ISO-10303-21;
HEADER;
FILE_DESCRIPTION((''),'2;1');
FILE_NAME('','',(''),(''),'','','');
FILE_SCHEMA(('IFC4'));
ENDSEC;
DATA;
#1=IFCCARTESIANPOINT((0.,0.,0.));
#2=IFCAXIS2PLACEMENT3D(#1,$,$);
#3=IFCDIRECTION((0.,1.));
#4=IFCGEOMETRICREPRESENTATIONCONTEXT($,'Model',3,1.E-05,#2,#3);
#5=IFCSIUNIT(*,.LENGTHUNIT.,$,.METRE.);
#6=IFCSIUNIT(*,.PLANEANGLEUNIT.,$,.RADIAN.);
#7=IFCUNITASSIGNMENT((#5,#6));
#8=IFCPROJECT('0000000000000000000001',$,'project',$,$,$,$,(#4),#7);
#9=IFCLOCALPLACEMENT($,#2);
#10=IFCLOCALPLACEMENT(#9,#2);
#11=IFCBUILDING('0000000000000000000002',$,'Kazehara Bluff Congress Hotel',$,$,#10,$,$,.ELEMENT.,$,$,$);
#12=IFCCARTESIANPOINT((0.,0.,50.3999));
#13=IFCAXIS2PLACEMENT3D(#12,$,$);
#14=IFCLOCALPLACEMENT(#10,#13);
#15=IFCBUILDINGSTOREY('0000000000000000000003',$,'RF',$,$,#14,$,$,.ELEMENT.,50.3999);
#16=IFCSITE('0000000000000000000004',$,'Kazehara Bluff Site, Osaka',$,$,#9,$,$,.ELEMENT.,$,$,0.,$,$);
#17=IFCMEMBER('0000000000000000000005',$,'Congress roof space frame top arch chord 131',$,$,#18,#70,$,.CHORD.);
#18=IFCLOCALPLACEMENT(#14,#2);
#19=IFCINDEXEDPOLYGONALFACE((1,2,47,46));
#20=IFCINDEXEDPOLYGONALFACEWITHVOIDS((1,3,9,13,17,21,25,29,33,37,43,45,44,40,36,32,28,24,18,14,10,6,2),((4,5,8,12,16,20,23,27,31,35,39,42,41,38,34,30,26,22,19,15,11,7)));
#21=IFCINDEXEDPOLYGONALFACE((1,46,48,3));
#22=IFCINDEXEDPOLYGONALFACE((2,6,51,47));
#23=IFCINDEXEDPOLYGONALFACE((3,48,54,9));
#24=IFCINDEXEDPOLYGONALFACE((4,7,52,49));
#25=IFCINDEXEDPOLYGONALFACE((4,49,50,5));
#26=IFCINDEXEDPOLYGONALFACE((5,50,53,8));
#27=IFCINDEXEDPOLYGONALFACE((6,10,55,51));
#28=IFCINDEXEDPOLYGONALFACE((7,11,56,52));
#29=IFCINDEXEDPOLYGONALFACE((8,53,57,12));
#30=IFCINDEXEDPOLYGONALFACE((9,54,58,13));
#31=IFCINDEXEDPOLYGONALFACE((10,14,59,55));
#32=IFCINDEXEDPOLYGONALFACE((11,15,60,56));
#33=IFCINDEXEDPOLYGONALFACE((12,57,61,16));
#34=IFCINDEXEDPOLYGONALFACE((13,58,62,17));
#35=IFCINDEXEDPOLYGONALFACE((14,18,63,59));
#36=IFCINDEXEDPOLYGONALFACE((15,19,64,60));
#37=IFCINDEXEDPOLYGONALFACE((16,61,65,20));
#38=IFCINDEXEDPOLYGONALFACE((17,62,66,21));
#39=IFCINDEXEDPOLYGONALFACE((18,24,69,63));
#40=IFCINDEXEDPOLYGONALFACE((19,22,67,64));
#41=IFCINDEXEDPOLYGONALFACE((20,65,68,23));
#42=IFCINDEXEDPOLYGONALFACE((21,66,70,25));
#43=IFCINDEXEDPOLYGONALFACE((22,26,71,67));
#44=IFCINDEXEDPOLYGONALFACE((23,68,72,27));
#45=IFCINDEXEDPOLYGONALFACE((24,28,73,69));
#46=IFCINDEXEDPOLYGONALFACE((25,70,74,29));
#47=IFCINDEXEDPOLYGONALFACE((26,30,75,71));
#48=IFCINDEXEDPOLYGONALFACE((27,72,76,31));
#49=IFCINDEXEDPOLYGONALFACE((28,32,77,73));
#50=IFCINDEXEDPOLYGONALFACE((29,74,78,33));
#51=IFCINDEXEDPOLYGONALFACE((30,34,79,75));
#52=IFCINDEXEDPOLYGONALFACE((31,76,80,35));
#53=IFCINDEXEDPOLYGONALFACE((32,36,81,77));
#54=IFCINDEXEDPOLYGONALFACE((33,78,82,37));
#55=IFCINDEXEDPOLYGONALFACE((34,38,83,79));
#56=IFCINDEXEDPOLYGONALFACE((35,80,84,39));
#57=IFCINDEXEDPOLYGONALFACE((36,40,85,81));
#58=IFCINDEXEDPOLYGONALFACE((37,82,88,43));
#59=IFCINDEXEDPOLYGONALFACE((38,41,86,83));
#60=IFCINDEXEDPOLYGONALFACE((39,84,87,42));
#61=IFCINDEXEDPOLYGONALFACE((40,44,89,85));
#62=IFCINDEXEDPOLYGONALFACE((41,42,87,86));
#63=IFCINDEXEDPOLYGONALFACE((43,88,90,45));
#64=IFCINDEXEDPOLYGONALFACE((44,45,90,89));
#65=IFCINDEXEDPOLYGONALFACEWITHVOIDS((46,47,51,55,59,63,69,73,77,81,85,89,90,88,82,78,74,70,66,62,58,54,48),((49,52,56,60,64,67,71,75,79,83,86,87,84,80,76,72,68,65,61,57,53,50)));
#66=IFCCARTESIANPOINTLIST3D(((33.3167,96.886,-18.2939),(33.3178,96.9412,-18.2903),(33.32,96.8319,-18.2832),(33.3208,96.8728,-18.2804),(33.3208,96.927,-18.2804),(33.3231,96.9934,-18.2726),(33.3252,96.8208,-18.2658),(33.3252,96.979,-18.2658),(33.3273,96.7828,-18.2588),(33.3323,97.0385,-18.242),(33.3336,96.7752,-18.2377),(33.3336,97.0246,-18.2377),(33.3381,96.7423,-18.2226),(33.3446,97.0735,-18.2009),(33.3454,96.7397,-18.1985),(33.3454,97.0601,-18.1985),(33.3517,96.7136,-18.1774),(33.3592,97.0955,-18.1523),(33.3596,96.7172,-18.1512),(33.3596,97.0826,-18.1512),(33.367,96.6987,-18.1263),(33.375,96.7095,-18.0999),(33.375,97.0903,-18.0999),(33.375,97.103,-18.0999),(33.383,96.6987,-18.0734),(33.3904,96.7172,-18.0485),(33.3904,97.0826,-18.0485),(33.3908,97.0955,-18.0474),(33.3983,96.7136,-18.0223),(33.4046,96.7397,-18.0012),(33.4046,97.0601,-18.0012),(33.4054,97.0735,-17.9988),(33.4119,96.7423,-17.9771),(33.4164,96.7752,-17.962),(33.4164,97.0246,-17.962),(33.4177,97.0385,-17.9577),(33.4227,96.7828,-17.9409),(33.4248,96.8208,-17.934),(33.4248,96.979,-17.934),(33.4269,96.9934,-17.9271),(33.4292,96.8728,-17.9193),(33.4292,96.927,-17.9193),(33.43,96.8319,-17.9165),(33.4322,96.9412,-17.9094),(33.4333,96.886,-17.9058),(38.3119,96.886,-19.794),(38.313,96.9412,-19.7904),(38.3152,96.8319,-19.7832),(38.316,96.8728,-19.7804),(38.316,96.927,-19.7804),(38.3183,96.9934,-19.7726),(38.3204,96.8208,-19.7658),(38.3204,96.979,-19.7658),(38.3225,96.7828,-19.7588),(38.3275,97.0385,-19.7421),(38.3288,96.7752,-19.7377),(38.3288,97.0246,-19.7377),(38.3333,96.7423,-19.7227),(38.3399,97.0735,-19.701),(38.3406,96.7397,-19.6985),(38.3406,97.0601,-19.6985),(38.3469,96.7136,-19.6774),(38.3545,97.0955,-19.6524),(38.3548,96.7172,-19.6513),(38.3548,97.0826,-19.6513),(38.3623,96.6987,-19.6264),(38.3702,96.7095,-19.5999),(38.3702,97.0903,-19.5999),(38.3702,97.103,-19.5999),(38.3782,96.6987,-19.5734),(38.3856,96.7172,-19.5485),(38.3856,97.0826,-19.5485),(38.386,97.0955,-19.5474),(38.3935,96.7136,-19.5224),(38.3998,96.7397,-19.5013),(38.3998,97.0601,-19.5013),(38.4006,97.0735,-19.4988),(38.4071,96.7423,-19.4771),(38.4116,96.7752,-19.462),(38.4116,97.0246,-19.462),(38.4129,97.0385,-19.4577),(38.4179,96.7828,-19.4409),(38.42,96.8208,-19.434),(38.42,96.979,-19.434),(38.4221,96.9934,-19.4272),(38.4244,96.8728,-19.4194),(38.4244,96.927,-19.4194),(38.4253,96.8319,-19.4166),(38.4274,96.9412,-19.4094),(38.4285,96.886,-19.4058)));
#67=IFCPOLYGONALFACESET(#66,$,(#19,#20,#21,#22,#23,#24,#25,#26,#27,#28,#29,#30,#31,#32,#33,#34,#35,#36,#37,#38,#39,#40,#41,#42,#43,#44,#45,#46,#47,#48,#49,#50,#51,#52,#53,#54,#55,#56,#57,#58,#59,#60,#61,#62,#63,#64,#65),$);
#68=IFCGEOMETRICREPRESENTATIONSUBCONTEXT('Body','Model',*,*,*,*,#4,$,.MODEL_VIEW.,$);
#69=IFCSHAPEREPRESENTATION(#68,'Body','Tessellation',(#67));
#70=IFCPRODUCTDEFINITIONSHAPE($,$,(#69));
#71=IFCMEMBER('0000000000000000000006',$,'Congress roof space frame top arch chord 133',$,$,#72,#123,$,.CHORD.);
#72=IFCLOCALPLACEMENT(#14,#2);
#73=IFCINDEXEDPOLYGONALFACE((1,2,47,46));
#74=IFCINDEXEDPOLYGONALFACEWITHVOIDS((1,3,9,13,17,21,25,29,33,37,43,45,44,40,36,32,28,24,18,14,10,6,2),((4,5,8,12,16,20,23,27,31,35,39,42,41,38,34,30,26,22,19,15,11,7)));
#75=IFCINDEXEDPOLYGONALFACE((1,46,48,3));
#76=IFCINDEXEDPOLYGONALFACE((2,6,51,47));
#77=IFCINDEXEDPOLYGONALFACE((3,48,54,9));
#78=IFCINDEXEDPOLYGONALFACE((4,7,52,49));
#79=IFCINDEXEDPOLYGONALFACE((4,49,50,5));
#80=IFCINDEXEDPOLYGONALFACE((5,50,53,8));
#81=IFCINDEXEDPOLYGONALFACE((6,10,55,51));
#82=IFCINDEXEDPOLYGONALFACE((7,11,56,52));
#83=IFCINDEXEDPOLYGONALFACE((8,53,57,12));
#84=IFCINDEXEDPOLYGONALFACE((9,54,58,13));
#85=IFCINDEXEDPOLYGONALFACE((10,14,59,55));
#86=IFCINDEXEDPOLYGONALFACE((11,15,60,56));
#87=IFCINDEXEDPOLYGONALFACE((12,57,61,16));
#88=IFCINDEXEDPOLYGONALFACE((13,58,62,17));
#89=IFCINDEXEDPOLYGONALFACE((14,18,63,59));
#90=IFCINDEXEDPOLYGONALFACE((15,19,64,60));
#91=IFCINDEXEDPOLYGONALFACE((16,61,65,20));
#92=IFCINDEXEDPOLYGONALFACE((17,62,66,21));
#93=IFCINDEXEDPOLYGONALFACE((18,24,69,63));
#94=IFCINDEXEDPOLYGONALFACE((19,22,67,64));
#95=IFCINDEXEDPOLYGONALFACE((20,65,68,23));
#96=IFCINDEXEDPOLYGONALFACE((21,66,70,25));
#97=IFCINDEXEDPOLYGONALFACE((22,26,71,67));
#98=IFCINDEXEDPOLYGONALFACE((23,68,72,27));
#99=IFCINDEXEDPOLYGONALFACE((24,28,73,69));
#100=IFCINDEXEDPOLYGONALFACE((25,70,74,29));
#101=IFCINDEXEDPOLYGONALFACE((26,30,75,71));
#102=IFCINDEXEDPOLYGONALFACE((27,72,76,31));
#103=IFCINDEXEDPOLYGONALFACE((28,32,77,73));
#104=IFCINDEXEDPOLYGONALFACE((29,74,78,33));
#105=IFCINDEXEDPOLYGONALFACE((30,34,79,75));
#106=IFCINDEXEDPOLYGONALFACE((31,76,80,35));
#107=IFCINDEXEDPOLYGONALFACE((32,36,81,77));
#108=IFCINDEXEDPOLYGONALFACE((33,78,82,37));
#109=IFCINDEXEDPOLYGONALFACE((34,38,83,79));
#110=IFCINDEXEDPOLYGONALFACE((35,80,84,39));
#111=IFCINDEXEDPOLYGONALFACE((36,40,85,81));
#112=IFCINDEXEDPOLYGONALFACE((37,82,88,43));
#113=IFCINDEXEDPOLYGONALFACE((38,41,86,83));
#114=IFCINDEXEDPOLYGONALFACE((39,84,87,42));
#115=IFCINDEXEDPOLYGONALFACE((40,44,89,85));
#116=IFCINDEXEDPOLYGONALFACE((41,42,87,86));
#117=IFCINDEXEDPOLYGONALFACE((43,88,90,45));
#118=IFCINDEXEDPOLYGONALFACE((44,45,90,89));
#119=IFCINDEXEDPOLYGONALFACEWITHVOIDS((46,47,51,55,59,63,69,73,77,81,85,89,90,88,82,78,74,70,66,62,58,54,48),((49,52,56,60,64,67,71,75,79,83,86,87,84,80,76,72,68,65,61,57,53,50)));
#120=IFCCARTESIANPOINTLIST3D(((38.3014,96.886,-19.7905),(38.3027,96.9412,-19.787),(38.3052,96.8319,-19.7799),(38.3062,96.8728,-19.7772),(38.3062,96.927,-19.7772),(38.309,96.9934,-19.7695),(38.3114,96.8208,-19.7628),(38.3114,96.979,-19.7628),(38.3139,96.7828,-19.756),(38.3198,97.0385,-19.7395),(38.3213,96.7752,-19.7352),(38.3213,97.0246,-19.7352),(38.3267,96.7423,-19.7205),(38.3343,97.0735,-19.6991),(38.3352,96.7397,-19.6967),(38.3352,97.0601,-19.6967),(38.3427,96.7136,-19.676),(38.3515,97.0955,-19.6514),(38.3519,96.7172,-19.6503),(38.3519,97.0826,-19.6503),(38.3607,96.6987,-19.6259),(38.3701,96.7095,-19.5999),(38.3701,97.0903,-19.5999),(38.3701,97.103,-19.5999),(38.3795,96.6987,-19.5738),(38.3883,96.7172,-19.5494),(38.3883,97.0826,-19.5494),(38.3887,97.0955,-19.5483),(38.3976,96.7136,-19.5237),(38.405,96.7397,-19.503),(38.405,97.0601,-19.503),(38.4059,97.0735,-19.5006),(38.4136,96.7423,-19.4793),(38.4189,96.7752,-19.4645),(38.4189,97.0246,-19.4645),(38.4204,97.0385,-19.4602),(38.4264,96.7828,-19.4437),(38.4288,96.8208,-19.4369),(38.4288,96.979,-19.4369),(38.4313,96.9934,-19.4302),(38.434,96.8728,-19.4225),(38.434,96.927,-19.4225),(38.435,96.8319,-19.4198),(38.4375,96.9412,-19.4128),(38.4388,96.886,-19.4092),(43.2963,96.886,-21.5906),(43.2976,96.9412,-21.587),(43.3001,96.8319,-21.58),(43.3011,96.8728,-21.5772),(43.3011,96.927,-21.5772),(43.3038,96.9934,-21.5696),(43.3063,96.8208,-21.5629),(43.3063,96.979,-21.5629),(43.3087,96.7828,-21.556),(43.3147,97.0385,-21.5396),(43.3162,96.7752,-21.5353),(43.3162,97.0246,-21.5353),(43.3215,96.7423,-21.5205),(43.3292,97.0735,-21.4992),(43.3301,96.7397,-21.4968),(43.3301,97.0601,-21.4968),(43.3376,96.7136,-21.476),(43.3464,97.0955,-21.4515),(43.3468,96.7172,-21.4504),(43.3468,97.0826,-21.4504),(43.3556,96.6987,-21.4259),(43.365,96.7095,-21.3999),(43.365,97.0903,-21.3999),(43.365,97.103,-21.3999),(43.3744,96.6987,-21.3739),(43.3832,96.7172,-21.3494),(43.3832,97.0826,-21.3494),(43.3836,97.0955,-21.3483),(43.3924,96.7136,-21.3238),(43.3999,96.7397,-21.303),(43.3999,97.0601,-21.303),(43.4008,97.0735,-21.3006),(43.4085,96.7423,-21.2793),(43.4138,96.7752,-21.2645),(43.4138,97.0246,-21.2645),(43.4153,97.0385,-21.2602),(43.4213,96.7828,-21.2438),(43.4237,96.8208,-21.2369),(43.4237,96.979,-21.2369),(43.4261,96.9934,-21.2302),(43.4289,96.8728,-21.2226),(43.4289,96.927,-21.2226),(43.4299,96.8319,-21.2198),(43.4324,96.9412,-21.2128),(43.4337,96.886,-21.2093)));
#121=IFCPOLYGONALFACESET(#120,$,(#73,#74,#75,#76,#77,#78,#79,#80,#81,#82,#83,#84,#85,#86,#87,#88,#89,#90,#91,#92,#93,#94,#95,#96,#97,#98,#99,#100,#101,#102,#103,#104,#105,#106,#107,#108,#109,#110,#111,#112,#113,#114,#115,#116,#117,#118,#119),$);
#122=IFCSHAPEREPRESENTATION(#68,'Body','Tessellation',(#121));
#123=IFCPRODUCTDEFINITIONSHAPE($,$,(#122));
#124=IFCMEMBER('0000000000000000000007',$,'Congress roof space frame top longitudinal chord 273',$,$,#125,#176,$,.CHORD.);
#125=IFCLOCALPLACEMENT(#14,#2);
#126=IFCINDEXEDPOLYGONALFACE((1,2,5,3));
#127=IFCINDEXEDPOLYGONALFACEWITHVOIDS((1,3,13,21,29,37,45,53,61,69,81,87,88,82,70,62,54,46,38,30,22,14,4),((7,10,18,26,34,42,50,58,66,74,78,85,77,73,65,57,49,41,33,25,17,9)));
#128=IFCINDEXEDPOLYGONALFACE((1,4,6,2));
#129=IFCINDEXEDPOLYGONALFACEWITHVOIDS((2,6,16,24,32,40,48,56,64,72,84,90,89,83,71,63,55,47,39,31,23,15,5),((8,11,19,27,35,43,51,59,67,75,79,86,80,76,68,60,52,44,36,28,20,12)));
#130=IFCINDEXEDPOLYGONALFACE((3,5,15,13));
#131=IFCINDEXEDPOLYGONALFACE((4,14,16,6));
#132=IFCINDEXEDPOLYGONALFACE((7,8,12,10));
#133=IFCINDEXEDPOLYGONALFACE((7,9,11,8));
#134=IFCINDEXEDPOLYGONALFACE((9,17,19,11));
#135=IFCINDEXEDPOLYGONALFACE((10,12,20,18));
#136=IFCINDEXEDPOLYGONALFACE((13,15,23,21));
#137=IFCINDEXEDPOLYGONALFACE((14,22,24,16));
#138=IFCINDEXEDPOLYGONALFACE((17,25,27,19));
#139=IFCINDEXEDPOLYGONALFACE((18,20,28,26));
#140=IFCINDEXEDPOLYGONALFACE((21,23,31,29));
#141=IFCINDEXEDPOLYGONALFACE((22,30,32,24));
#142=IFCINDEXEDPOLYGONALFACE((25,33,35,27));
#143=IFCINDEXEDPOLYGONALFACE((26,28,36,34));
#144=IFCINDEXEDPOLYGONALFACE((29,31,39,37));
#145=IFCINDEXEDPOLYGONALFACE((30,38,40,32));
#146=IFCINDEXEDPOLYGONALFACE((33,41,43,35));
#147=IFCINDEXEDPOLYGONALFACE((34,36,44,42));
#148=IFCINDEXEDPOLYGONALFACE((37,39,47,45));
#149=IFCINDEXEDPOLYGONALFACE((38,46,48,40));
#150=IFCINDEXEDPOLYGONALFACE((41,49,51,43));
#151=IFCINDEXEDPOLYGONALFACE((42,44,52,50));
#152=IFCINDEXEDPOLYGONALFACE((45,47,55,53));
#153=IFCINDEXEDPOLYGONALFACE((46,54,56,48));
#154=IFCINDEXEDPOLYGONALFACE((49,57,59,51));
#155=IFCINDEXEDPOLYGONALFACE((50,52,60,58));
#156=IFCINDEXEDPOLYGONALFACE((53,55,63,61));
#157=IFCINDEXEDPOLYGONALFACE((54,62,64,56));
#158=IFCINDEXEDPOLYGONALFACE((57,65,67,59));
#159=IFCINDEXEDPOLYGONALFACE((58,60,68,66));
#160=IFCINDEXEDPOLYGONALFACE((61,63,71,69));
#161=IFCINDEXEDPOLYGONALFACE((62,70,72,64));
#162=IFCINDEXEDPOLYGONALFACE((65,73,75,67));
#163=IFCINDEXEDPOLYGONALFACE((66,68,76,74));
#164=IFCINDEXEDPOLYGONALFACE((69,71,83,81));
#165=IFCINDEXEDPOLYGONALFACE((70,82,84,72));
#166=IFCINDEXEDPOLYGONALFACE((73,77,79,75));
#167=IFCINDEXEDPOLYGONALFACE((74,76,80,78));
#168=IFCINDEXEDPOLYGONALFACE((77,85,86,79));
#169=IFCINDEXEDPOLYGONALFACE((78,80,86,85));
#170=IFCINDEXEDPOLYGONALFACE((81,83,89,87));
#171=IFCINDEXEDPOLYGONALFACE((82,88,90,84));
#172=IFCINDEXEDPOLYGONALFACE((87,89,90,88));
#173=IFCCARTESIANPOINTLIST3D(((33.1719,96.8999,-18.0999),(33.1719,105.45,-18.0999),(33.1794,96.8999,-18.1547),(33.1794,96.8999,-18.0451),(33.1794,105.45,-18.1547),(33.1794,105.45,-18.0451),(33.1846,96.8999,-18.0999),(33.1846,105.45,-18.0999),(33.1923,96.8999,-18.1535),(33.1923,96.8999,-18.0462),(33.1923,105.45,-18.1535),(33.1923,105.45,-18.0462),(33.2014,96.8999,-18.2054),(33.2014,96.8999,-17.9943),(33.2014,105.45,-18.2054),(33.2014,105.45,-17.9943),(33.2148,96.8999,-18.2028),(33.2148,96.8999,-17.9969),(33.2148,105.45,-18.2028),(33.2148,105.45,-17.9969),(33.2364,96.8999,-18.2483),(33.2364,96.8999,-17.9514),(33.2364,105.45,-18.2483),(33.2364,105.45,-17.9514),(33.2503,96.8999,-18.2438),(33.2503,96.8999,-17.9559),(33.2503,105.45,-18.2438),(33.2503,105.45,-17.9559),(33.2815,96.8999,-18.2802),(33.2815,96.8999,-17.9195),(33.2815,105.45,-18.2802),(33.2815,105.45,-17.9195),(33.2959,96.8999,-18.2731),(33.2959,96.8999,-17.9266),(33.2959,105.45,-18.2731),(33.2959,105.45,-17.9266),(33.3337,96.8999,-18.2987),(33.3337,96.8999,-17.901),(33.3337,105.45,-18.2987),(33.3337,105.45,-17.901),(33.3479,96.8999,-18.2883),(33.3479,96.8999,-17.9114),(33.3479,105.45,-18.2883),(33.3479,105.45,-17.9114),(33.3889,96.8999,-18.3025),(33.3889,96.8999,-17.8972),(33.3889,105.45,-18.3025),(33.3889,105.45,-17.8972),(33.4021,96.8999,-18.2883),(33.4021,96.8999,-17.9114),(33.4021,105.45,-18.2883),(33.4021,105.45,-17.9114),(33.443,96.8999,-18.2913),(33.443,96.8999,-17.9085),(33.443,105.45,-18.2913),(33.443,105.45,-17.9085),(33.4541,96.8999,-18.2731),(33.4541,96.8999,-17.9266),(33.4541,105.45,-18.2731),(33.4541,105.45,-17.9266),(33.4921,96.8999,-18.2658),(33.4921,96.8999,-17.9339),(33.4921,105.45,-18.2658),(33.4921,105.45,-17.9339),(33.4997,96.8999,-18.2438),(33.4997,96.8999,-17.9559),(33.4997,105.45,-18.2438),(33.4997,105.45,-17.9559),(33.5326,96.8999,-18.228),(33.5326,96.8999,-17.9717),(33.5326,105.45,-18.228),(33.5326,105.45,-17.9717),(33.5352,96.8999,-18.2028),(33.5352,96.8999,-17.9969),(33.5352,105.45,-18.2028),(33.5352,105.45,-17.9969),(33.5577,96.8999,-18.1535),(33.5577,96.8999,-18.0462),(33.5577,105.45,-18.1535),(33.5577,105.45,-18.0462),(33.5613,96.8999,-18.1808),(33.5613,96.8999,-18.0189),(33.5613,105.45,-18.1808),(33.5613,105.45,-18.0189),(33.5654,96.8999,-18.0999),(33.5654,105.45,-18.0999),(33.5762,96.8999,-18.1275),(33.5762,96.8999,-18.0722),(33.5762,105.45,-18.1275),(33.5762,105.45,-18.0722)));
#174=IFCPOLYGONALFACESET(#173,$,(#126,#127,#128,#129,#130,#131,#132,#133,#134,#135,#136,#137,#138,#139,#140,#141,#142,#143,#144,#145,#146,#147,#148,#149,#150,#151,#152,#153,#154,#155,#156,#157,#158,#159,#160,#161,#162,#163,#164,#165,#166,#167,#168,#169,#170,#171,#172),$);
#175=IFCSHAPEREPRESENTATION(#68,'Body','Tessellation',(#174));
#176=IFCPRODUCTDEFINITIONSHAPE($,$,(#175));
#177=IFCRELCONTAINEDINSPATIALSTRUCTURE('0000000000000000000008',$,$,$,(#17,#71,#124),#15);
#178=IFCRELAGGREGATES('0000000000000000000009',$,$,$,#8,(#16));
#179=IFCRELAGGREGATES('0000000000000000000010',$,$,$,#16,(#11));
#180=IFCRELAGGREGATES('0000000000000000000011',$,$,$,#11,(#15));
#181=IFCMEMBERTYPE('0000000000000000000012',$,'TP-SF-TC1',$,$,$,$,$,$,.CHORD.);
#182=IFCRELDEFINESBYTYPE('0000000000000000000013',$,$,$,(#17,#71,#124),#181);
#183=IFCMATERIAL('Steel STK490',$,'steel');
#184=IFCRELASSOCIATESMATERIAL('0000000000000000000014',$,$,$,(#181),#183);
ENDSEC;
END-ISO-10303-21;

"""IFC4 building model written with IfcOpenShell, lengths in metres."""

from ifc_helpers import new_model, si_unit, direction, frame, origin, origin_2d, place, context, subcontext, project, spatial, hollow_circle, extrude, material, material_profile, profile_set, type_object, element, save


model = new_model("IFC4")

# Units and contexts
model_context = context("Model", 3, precision=1e-05, world=origin(), true_north=direction((0.0, 1.0)))
body_context = subcontext(model_context, "Body", "Model", "MODEL_VIEW")
ifc_project = project(units=[si_unit("LENGTHUNIT", "METRE"), si_unit("PLANEANGLEUNIT", "RADIAN")], contexts=[model_context])

# Site, building, storey
site_placement = place(None, origin())
site = spatial("IfcSite", under=ifc_project, at=site_placement, Name="Kazehara Bluff Site, Osaka", CompositionType="ELEMENT", RefElevation=0.0)
building_placement = place(site_placement, origin())
building = spatial("IfcBuilding", under=site, at=building_placement, Name="Kazehara Bluff Congress Hotel", CompositionType="ELEMENT")
storey_placement = place(building_placement, frame((0.0, 0.0, 50.3999)))
storey = spatial("IfcBuildingStorey", under=building, at=storey_placement, Name="RF", CompositionType="ELEMENT", Elevation=50.3999)

# Members
ifc_material_1 = material(Name="Steel STK490", Category="steel")
ifc_material_profile_1 = material_profile(ifc_material_1, hollow_circle(Radius=0.2031, WallThickness=0.0127, at=origin_2d()))
ifc_profile_set_1 = profile_set([ifc_material_profile_1], Name="Steel STK490")
member_type_1 = type_object("IfcMemberType", Name="TP-SF-TC1", PredefinedType="CHORD", material=ifc_profile_set_1)
member_1_placement = place(storey_placement, frame((33.375, 96.8999, -18.0999), z_axis=(0.957749, 0.0, -0.287606), x_axis=(0.0, 1.0, 0.0)))
element("IfcMember", 1, at=member_1_placement, inside=storey, type_object=member_type_1, Name="Congress roof space frame top arch chord 131", PredefinedType="CHORD", context=body_context, shape_type="SweptSolid", body=[
    extrude(hollow_circle(Radius=0.2031, WallThickness=0.0127, at=origin_2d()), origin(), (0.0, 0.0, 1.0), 5.2156),
])
member_2_placement = place(storey_placement, frame((38.3701, 96.8999, -19.5999), z_axis=(0.940774, 0.0, -0.339035), x_axis=(0.0, 1.0, 0.0)))
element("IfcMember", 2, at=member_2_placement, inside=storey, type_object=member_type_1, Name="Congress roof space frame top arch chord 133", PredefinedType="CHORD", context=body_context, shape_type="SweptSolid", body=[
    extrude(hollow_circle(Radius=0.2031, WallThickness=0.0127, at=origin_2d()), origin(), (0.0, 0.0, 1.0), 5.3093),
])
member_3_placement = place(storey_placement, frame((33.375, 96.8999, -18.0999), z_axis=(0.0, 1.0, 0.0), x_axis=(-1.0, 0.0, 0.0)))
element("IfcMember", 3, at=member_3_placement, inside=storey, type_object=member_type_1, Name="Congress roof space frame top longitudinal chord 273", PredefinedType="CHORD", context=body_context, shape_type="SweptSolid", body=[
    extrude(hollow_circle(Radius=0.2031, WallThickness=0.0127, at=origin_2d()), origin(), (0.0, 0.0, 1.0), 8.55),
])

save(model, "model.ifc")
